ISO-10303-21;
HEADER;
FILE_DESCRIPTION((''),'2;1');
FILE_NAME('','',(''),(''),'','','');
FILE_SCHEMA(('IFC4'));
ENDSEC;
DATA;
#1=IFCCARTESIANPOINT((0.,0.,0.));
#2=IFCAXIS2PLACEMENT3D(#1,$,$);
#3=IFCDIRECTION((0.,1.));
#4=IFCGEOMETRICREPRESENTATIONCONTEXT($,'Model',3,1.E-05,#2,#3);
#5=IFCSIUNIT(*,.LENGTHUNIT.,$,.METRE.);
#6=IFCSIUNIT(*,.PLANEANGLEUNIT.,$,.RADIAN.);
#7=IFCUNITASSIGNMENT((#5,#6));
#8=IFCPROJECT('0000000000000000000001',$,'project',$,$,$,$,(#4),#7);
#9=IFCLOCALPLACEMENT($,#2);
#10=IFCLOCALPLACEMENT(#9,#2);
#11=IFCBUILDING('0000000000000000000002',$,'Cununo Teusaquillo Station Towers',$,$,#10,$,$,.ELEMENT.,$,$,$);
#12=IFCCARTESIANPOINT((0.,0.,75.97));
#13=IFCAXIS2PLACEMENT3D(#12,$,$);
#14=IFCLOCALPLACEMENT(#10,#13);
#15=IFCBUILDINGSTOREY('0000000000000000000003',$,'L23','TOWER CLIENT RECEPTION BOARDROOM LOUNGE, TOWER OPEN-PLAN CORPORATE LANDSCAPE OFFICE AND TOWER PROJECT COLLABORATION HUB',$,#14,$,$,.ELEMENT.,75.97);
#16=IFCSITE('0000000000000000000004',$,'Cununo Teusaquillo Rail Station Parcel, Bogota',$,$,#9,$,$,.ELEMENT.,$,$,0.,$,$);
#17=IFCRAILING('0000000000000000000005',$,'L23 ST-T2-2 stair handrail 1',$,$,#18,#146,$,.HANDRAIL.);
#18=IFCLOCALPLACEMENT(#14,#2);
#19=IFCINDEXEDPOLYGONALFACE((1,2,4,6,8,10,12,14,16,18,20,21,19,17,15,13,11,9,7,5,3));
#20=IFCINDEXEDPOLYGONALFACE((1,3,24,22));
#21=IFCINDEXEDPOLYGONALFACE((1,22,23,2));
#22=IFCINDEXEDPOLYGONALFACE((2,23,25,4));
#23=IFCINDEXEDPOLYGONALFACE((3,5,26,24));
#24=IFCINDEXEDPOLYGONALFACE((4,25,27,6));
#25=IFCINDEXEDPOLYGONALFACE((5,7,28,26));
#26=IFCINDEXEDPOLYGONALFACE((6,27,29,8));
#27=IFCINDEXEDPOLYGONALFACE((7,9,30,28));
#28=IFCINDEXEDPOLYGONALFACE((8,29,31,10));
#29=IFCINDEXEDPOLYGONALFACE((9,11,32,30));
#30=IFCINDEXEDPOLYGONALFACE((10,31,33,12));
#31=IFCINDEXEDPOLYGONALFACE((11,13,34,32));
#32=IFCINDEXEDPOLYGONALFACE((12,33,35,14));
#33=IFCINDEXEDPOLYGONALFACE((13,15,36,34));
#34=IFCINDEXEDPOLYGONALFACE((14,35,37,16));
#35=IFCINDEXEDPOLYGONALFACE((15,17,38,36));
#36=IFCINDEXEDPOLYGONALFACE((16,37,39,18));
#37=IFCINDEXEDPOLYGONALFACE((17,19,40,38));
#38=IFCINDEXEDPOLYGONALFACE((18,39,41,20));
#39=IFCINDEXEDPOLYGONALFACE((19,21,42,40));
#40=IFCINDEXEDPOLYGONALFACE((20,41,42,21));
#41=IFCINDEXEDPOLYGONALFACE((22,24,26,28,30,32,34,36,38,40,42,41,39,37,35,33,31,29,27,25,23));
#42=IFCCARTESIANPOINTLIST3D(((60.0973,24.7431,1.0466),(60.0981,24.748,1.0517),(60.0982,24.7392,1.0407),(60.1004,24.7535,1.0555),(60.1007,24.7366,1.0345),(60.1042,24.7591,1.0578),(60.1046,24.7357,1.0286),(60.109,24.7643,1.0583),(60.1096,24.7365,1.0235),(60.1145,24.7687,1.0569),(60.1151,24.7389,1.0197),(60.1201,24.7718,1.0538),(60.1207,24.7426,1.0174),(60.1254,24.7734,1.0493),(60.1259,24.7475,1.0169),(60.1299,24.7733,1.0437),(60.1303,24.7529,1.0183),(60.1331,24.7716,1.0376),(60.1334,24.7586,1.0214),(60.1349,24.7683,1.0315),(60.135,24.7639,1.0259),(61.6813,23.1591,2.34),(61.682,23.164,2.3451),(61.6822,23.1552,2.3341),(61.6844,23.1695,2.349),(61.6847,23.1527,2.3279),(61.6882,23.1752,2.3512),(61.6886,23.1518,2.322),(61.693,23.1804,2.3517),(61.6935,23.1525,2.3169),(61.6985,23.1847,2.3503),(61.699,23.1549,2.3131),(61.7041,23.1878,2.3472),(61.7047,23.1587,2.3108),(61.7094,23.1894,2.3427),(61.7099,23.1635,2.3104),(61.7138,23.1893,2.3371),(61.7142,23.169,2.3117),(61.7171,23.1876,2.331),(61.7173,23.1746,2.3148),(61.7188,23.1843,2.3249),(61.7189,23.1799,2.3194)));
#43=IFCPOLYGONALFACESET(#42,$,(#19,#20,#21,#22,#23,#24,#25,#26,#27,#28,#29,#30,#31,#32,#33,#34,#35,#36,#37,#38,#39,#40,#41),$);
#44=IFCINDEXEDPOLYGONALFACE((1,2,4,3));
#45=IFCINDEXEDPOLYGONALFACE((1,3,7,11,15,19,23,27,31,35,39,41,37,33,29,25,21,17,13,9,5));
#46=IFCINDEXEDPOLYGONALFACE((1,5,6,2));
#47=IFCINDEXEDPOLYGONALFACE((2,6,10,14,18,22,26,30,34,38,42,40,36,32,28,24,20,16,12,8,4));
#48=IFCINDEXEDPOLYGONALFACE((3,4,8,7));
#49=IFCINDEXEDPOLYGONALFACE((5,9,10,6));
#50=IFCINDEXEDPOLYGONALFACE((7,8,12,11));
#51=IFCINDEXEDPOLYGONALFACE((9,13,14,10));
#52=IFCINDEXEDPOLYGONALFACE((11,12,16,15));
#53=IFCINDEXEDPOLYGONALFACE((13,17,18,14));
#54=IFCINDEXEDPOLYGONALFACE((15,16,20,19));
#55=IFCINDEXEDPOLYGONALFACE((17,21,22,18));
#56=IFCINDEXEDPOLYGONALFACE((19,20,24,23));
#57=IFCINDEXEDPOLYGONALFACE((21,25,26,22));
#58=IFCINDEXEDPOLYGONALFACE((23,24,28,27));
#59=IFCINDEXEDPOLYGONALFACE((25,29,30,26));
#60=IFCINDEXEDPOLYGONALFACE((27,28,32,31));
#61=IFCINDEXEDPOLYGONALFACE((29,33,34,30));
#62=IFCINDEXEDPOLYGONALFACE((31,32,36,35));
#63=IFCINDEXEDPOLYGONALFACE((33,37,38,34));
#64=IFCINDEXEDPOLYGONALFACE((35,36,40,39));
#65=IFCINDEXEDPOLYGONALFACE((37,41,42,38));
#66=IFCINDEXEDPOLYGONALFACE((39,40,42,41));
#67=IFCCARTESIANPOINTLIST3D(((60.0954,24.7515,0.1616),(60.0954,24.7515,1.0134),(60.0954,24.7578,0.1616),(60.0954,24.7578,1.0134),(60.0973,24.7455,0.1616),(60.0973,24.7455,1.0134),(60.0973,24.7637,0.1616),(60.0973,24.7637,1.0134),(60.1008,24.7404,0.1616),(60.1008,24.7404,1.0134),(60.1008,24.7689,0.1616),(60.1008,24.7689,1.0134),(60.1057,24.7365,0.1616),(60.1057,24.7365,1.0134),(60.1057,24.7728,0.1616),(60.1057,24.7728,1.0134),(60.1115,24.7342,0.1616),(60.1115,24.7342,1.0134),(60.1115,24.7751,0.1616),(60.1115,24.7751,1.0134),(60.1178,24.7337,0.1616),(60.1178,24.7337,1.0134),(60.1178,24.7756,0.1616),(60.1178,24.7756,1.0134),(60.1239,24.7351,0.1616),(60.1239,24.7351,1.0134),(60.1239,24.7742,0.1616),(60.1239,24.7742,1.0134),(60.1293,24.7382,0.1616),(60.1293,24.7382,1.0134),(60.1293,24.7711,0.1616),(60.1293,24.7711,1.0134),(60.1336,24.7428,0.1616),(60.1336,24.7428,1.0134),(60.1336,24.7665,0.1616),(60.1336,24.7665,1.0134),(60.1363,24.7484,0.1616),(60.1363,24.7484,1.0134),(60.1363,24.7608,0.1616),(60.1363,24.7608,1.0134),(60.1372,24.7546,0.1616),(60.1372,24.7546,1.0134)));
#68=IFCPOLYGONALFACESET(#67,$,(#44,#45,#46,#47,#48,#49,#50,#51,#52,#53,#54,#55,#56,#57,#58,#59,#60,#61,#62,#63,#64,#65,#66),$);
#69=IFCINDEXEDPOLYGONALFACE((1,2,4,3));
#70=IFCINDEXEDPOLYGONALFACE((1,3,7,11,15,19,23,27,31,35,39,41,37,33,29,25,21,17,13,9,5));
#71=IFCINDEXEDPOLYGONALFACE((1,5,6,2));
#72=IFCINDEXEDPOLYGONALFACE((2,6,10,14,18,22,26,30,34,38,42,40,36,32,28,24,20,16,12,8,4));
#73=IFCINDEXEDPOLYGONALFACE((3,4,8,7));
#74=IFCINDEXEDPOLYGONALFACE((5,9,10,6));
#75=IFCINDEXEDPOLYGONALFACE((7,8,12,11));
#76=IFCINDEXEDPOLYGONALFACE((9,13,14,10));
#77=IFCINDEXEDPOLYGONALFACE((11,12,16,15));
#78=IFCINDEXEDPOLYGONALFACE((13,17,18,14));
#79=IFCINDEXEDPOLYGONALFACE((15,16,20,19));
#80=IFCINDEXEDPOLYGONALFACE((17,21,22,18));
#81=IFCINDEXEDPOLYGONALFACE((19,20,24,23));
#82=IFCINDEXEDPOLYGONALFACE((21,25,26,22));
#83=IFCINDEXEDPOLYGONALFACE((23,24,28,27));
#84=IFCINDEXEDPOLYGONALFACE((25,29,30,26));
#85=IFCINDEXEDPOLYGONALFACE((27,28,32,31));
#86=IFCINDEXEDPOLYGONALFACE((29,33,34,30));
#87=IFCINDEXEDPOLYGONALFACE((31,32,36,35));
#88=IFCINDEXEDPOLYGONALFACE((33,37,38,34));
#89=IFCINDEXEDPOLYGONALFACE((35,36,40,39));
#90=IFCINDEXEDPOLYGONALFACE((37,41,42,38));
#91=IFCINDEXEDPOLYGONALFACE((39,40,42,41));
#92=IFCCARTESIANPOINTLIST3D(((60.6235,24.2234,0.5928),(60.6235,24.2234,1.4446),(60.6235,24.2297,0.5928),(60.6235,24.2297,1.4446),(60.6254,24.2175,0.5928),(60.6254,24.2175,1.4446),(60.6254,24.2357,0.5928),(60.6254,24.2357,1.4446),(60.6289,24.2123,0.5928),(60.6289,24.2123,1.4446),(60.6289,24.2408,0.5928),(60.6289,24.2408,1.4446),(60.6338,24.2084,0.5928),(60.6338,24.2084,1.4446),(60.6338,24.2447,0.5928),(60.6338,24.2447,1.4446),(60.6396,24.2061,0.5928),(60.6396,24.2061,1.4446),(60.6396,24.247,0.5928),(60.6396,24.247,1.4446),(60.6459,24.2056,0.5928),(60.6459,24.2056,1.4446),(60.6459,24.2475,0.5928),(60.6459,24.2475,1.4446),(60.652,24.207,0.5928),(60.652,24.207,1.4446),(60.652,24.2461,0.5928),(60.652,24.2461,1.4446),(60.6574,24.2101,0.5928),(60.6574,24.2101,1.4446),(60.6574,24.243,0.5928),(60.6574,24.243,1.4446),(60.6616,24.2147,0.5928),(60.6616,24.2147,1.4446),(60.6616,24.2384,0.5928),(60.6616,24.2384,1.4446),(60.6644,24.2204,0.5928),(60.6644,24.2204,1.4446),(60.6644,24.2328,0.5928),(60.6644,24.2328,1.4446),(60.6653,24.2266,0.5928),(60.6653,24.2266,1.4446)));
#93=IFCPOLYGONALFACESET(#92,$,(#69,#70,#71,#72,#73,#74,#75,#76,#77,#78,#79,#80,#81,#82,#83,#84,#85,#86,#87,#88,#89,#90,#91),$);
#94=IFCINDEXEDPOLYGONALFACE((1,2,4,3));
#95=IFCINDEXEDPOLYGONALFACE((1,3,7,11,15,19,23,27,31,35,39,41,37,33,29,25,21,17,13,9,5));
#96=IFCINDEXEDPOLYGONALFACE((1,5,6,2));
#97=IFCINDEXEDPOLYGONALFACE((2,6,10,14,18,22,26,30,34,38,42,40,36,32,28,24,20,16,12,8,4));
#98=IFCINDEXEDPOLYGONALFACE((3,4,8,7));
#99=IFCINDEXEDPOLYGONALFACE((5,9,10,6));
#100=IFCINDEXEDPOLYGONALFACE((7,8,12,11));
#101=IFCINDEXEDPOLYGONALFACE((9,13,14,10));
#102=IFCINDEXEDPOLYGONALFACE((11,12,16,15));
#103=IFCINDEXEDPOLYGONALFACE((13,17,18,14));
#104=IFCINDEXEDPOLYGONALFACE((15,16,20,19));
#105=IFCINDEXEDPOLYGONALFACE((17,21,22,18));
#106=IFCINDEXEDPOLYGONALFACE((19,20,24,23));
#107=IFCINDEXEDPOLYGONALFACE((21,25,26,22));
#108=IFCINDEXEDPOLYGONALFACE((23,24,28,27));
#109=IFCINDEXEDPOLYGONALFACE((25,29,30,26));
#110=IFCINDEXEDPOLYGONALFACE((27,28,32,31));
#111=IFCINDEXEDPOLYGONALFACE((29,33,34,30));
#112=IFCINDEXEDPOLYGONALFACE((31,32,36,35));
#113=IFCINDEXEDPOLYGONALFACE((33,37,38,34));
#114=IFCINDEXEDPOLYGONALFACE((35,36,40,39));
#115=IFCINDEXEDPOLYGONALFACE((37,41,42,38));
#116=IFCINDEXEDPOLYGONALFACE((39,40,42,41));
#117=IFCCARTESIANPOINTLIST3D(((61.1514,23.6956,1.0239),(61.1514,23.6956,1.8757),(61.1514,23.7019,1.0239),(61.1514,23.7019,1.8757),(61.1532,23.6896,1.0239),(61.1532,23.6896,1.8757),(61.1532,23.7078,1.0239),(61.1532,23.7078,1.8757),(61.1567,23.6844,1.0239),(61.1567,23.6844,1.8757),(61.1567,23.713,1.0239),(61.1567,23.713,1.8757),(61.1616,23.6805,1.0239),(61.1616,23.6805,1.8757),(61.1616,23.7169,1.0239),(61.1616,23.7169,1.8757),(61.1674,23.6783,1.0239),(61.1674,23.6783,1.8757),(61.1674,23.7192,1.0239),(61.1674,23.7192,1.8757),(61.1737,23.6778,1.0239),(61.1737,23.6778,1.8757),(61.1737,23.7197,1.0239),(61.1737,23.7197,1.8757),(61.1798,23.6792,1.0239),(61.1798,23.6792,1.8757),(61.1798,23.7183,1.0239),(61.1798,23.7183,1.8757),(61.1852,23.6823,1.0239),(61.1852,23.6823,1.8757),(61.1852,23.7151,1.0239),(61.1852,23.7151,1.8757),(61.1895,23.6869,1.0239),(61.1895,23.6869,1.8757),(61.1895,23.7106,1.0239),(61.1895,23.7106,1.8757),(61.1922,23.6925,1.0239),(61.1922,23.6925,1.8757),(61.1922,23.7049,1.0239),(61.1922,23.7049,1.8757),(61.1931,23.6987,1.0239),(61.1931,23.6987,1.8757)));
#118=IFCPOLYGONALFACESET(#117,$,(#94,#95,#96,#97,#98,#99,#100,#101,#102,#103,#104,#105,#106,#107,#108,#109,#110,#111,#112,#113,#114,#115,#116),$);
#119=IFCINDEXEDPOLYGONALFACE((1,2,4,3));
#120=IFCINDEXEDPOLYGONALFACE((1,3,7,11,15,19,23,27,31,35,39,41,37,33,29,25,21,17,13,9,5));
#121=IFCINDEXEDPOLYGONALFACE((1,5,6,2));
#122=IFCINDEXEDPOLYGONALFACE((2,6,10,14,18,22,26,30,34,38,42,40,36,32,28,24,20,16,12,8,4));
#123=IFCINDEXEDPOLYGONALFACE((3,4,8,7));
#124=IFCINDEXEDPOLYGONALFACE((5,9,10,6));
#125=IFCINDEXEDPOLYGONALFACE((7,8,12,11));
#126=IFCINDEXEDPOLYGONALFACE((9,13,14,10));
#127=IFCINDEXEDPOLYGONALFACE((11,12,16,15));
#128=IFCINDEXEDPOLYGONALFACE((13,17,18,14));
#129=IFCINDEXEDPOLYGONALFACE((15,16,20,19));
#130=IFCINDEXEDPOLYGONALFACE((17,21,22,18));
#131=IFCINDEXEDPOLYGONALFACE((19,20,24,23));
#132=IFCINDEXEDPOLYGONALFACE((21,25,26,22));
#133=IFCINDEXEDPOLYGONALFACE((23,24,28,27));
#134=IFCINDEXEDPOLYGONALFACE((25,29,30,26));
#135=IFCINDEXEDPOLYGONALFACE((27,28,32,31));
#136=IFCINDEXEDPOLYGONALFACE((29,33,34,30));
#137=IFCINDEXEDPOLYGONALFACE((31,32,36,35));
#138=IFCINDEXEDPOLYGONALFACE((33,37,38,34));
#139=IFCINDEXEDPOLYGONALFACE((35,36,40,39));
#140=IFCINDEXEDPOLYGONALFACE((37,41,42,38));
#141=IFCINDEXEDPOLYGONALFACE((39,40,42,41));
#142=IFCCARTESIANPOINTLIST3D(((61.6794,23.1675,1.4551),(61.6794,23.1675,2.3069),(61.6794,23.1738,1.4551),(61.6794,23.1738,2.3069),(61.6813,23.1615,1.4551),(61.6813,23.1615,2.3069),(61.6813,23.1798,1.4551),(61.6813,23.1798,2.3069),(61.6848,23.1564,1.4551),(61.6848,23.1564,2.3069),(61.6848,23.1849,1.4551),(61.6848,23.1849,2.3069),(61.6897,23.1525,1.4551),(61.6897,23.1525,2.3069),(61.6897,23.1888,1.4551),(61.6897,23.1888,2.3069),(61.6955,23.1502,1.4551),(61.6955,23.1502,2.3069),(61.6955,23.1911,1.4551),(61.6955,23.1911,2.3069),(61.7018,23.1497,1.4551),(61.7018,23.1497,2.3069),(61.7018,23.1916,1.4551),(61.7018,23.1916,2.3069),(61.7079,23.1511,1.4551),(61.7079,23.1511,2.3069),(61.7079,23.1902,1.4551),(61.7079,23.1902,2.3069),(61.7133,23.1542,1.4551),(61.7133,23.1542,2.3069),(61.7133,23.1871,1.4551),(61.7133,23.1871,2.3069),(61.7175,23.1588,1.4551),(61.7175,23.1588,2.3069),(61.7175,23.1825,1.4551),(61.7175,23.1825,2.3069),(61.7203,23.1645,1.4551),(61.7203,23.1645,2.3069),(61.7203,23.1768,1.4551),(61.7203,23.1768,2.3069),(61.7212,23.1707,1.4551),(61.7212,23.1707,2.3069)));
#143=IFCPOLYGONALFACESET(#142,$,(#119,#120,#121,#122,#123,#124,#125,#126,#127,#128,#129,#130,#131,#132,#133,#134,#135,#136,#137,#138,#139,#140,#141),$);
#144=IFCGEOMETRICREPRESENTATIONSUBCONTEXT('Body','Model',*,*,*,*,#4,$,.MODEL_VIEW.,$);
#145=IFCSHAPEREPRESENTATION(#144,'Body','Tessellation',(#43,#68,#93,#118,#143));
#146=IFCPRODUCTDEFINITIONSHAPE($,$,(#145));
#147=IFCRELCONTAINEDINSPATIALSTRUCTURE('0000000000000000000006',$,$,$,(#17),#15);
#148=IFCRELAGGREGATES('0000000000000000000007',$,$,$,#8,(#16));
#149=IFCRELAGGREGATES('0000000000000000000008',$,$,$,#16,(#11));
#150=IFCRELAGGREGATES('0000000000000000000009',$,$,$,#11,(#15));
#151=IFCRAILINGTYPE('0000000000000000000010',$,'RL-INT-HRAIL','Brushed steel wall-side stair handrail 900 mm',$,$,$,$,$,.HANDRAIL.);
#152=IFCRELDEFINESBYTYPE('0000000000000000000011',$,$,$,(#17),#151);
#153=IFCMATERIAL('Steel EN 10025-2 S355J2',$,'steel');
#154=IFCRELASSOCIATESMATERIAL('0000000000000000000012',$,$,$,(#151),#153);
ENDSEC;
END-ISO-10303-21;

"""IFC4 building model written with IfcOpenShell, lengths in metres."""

from ifc_helpers import new_model, si_unit, direction, frame, origin, origin_2d, place, context, subcontext, project, spatial, circle, extrude, material, type_object, element, save


model = new_model("IFC4")

# Units and contexts
model_context = context("Model", 3, precision=1e-05, world=origin(), true_north=direction((0.0, 1.0)))
body_context = subcontext(model_context, "Body", "Model", "MODEL_VIEW")
ifc_project = project(units=[si_unit("LENGTHUNIT", "METRE"), si_unit("PLANEANGLEUNIT", "RADIAN")], contexts=[model_context])

# Site, building, storey
site_placement = place(None, origin())
site = spatial("IfcSite", under=ifc_project, at=site_placement, Name="Cununo Teusaquillo Rail Station Parcel, Bogota", CompositionType="ELEMENT", RefElevation=0.0)
building_placement = place(site_placement, origin())
building = spatial("IfcBuilding", under=site, at=building_placement, Name="Cununo Teusaquillo Station Towers", CompositionType="ELEMENT")
storey_placement = place(building_placement, frame((0.0, 0.0, 75.97)))
storey = spatial("IfcBuildingStorey", under=building, at=storey_placement, Name="L23", Description="TOWER CLIENT RECEPTION BOARDROOM LOUNGE, TOWER OPEN-PLAN CORPORATE LANDSCAPE OFFICE AND TOWER PROJECT COLLABORATION HUB", CompositionType="ELEMENT", Elevation=75.97)

# Railing
ifc_material_1 = material(Name="Steel EN 10025-2 S355J2", Category="steel")
railing_type_1 = type_object("IfcRailingType", Name="RL-INT-HRAIL", Description="Brushed steel wall-side stair handrail 900 mm", PredefinedType="HANDRAIL", material=ifc_material_1)
railing_1_placement = place(storey_placement, frame((60.1162, 24.7546, 0.1616)))
element("IfcRailing", 1, at=railing_1_placement, inside=storey, type_object=railing_type_1, Name="L23 ST-T2-2 stair handrail 1", PredefinedType="HANDRAIL", context=body_context, shape_type="SweptSolid", body=[
    extrude(circle(Radius=0.0239, at=origin_2d()), frame((0.0, 0.0, 0.876), z_axis=(0.612356, -0.612356, 0.50004), x_axis=(0.707107, 0.707107, 0.0)), (0.0, 0.0, 1.0), 2.5867),
    extrude(circle(Radius=0.021, at=origin_2d()), origin(), (0.0, 0.0, 1.0), 0.8518),
    extrude(circle(Radius=0.021, at=origin_2d()), frame((0.5281, -0.5281, 0.4312)), (0.0, 0.0, 1.0), 0.8518),
    extrude(circle(Radius=0.021, at=origin_2d()), frame((1.0559, -1.0559, 0.8623)), (0.0, 0.0, 1.0), 0.8518),
    extrude(circle(Radius=0.021, at=origin_2d()), frame((1.584, -1.584, 1.2935)), (0.0, 0.0, 1.0), 0.8518),
])

save(model, "model.ifc")
